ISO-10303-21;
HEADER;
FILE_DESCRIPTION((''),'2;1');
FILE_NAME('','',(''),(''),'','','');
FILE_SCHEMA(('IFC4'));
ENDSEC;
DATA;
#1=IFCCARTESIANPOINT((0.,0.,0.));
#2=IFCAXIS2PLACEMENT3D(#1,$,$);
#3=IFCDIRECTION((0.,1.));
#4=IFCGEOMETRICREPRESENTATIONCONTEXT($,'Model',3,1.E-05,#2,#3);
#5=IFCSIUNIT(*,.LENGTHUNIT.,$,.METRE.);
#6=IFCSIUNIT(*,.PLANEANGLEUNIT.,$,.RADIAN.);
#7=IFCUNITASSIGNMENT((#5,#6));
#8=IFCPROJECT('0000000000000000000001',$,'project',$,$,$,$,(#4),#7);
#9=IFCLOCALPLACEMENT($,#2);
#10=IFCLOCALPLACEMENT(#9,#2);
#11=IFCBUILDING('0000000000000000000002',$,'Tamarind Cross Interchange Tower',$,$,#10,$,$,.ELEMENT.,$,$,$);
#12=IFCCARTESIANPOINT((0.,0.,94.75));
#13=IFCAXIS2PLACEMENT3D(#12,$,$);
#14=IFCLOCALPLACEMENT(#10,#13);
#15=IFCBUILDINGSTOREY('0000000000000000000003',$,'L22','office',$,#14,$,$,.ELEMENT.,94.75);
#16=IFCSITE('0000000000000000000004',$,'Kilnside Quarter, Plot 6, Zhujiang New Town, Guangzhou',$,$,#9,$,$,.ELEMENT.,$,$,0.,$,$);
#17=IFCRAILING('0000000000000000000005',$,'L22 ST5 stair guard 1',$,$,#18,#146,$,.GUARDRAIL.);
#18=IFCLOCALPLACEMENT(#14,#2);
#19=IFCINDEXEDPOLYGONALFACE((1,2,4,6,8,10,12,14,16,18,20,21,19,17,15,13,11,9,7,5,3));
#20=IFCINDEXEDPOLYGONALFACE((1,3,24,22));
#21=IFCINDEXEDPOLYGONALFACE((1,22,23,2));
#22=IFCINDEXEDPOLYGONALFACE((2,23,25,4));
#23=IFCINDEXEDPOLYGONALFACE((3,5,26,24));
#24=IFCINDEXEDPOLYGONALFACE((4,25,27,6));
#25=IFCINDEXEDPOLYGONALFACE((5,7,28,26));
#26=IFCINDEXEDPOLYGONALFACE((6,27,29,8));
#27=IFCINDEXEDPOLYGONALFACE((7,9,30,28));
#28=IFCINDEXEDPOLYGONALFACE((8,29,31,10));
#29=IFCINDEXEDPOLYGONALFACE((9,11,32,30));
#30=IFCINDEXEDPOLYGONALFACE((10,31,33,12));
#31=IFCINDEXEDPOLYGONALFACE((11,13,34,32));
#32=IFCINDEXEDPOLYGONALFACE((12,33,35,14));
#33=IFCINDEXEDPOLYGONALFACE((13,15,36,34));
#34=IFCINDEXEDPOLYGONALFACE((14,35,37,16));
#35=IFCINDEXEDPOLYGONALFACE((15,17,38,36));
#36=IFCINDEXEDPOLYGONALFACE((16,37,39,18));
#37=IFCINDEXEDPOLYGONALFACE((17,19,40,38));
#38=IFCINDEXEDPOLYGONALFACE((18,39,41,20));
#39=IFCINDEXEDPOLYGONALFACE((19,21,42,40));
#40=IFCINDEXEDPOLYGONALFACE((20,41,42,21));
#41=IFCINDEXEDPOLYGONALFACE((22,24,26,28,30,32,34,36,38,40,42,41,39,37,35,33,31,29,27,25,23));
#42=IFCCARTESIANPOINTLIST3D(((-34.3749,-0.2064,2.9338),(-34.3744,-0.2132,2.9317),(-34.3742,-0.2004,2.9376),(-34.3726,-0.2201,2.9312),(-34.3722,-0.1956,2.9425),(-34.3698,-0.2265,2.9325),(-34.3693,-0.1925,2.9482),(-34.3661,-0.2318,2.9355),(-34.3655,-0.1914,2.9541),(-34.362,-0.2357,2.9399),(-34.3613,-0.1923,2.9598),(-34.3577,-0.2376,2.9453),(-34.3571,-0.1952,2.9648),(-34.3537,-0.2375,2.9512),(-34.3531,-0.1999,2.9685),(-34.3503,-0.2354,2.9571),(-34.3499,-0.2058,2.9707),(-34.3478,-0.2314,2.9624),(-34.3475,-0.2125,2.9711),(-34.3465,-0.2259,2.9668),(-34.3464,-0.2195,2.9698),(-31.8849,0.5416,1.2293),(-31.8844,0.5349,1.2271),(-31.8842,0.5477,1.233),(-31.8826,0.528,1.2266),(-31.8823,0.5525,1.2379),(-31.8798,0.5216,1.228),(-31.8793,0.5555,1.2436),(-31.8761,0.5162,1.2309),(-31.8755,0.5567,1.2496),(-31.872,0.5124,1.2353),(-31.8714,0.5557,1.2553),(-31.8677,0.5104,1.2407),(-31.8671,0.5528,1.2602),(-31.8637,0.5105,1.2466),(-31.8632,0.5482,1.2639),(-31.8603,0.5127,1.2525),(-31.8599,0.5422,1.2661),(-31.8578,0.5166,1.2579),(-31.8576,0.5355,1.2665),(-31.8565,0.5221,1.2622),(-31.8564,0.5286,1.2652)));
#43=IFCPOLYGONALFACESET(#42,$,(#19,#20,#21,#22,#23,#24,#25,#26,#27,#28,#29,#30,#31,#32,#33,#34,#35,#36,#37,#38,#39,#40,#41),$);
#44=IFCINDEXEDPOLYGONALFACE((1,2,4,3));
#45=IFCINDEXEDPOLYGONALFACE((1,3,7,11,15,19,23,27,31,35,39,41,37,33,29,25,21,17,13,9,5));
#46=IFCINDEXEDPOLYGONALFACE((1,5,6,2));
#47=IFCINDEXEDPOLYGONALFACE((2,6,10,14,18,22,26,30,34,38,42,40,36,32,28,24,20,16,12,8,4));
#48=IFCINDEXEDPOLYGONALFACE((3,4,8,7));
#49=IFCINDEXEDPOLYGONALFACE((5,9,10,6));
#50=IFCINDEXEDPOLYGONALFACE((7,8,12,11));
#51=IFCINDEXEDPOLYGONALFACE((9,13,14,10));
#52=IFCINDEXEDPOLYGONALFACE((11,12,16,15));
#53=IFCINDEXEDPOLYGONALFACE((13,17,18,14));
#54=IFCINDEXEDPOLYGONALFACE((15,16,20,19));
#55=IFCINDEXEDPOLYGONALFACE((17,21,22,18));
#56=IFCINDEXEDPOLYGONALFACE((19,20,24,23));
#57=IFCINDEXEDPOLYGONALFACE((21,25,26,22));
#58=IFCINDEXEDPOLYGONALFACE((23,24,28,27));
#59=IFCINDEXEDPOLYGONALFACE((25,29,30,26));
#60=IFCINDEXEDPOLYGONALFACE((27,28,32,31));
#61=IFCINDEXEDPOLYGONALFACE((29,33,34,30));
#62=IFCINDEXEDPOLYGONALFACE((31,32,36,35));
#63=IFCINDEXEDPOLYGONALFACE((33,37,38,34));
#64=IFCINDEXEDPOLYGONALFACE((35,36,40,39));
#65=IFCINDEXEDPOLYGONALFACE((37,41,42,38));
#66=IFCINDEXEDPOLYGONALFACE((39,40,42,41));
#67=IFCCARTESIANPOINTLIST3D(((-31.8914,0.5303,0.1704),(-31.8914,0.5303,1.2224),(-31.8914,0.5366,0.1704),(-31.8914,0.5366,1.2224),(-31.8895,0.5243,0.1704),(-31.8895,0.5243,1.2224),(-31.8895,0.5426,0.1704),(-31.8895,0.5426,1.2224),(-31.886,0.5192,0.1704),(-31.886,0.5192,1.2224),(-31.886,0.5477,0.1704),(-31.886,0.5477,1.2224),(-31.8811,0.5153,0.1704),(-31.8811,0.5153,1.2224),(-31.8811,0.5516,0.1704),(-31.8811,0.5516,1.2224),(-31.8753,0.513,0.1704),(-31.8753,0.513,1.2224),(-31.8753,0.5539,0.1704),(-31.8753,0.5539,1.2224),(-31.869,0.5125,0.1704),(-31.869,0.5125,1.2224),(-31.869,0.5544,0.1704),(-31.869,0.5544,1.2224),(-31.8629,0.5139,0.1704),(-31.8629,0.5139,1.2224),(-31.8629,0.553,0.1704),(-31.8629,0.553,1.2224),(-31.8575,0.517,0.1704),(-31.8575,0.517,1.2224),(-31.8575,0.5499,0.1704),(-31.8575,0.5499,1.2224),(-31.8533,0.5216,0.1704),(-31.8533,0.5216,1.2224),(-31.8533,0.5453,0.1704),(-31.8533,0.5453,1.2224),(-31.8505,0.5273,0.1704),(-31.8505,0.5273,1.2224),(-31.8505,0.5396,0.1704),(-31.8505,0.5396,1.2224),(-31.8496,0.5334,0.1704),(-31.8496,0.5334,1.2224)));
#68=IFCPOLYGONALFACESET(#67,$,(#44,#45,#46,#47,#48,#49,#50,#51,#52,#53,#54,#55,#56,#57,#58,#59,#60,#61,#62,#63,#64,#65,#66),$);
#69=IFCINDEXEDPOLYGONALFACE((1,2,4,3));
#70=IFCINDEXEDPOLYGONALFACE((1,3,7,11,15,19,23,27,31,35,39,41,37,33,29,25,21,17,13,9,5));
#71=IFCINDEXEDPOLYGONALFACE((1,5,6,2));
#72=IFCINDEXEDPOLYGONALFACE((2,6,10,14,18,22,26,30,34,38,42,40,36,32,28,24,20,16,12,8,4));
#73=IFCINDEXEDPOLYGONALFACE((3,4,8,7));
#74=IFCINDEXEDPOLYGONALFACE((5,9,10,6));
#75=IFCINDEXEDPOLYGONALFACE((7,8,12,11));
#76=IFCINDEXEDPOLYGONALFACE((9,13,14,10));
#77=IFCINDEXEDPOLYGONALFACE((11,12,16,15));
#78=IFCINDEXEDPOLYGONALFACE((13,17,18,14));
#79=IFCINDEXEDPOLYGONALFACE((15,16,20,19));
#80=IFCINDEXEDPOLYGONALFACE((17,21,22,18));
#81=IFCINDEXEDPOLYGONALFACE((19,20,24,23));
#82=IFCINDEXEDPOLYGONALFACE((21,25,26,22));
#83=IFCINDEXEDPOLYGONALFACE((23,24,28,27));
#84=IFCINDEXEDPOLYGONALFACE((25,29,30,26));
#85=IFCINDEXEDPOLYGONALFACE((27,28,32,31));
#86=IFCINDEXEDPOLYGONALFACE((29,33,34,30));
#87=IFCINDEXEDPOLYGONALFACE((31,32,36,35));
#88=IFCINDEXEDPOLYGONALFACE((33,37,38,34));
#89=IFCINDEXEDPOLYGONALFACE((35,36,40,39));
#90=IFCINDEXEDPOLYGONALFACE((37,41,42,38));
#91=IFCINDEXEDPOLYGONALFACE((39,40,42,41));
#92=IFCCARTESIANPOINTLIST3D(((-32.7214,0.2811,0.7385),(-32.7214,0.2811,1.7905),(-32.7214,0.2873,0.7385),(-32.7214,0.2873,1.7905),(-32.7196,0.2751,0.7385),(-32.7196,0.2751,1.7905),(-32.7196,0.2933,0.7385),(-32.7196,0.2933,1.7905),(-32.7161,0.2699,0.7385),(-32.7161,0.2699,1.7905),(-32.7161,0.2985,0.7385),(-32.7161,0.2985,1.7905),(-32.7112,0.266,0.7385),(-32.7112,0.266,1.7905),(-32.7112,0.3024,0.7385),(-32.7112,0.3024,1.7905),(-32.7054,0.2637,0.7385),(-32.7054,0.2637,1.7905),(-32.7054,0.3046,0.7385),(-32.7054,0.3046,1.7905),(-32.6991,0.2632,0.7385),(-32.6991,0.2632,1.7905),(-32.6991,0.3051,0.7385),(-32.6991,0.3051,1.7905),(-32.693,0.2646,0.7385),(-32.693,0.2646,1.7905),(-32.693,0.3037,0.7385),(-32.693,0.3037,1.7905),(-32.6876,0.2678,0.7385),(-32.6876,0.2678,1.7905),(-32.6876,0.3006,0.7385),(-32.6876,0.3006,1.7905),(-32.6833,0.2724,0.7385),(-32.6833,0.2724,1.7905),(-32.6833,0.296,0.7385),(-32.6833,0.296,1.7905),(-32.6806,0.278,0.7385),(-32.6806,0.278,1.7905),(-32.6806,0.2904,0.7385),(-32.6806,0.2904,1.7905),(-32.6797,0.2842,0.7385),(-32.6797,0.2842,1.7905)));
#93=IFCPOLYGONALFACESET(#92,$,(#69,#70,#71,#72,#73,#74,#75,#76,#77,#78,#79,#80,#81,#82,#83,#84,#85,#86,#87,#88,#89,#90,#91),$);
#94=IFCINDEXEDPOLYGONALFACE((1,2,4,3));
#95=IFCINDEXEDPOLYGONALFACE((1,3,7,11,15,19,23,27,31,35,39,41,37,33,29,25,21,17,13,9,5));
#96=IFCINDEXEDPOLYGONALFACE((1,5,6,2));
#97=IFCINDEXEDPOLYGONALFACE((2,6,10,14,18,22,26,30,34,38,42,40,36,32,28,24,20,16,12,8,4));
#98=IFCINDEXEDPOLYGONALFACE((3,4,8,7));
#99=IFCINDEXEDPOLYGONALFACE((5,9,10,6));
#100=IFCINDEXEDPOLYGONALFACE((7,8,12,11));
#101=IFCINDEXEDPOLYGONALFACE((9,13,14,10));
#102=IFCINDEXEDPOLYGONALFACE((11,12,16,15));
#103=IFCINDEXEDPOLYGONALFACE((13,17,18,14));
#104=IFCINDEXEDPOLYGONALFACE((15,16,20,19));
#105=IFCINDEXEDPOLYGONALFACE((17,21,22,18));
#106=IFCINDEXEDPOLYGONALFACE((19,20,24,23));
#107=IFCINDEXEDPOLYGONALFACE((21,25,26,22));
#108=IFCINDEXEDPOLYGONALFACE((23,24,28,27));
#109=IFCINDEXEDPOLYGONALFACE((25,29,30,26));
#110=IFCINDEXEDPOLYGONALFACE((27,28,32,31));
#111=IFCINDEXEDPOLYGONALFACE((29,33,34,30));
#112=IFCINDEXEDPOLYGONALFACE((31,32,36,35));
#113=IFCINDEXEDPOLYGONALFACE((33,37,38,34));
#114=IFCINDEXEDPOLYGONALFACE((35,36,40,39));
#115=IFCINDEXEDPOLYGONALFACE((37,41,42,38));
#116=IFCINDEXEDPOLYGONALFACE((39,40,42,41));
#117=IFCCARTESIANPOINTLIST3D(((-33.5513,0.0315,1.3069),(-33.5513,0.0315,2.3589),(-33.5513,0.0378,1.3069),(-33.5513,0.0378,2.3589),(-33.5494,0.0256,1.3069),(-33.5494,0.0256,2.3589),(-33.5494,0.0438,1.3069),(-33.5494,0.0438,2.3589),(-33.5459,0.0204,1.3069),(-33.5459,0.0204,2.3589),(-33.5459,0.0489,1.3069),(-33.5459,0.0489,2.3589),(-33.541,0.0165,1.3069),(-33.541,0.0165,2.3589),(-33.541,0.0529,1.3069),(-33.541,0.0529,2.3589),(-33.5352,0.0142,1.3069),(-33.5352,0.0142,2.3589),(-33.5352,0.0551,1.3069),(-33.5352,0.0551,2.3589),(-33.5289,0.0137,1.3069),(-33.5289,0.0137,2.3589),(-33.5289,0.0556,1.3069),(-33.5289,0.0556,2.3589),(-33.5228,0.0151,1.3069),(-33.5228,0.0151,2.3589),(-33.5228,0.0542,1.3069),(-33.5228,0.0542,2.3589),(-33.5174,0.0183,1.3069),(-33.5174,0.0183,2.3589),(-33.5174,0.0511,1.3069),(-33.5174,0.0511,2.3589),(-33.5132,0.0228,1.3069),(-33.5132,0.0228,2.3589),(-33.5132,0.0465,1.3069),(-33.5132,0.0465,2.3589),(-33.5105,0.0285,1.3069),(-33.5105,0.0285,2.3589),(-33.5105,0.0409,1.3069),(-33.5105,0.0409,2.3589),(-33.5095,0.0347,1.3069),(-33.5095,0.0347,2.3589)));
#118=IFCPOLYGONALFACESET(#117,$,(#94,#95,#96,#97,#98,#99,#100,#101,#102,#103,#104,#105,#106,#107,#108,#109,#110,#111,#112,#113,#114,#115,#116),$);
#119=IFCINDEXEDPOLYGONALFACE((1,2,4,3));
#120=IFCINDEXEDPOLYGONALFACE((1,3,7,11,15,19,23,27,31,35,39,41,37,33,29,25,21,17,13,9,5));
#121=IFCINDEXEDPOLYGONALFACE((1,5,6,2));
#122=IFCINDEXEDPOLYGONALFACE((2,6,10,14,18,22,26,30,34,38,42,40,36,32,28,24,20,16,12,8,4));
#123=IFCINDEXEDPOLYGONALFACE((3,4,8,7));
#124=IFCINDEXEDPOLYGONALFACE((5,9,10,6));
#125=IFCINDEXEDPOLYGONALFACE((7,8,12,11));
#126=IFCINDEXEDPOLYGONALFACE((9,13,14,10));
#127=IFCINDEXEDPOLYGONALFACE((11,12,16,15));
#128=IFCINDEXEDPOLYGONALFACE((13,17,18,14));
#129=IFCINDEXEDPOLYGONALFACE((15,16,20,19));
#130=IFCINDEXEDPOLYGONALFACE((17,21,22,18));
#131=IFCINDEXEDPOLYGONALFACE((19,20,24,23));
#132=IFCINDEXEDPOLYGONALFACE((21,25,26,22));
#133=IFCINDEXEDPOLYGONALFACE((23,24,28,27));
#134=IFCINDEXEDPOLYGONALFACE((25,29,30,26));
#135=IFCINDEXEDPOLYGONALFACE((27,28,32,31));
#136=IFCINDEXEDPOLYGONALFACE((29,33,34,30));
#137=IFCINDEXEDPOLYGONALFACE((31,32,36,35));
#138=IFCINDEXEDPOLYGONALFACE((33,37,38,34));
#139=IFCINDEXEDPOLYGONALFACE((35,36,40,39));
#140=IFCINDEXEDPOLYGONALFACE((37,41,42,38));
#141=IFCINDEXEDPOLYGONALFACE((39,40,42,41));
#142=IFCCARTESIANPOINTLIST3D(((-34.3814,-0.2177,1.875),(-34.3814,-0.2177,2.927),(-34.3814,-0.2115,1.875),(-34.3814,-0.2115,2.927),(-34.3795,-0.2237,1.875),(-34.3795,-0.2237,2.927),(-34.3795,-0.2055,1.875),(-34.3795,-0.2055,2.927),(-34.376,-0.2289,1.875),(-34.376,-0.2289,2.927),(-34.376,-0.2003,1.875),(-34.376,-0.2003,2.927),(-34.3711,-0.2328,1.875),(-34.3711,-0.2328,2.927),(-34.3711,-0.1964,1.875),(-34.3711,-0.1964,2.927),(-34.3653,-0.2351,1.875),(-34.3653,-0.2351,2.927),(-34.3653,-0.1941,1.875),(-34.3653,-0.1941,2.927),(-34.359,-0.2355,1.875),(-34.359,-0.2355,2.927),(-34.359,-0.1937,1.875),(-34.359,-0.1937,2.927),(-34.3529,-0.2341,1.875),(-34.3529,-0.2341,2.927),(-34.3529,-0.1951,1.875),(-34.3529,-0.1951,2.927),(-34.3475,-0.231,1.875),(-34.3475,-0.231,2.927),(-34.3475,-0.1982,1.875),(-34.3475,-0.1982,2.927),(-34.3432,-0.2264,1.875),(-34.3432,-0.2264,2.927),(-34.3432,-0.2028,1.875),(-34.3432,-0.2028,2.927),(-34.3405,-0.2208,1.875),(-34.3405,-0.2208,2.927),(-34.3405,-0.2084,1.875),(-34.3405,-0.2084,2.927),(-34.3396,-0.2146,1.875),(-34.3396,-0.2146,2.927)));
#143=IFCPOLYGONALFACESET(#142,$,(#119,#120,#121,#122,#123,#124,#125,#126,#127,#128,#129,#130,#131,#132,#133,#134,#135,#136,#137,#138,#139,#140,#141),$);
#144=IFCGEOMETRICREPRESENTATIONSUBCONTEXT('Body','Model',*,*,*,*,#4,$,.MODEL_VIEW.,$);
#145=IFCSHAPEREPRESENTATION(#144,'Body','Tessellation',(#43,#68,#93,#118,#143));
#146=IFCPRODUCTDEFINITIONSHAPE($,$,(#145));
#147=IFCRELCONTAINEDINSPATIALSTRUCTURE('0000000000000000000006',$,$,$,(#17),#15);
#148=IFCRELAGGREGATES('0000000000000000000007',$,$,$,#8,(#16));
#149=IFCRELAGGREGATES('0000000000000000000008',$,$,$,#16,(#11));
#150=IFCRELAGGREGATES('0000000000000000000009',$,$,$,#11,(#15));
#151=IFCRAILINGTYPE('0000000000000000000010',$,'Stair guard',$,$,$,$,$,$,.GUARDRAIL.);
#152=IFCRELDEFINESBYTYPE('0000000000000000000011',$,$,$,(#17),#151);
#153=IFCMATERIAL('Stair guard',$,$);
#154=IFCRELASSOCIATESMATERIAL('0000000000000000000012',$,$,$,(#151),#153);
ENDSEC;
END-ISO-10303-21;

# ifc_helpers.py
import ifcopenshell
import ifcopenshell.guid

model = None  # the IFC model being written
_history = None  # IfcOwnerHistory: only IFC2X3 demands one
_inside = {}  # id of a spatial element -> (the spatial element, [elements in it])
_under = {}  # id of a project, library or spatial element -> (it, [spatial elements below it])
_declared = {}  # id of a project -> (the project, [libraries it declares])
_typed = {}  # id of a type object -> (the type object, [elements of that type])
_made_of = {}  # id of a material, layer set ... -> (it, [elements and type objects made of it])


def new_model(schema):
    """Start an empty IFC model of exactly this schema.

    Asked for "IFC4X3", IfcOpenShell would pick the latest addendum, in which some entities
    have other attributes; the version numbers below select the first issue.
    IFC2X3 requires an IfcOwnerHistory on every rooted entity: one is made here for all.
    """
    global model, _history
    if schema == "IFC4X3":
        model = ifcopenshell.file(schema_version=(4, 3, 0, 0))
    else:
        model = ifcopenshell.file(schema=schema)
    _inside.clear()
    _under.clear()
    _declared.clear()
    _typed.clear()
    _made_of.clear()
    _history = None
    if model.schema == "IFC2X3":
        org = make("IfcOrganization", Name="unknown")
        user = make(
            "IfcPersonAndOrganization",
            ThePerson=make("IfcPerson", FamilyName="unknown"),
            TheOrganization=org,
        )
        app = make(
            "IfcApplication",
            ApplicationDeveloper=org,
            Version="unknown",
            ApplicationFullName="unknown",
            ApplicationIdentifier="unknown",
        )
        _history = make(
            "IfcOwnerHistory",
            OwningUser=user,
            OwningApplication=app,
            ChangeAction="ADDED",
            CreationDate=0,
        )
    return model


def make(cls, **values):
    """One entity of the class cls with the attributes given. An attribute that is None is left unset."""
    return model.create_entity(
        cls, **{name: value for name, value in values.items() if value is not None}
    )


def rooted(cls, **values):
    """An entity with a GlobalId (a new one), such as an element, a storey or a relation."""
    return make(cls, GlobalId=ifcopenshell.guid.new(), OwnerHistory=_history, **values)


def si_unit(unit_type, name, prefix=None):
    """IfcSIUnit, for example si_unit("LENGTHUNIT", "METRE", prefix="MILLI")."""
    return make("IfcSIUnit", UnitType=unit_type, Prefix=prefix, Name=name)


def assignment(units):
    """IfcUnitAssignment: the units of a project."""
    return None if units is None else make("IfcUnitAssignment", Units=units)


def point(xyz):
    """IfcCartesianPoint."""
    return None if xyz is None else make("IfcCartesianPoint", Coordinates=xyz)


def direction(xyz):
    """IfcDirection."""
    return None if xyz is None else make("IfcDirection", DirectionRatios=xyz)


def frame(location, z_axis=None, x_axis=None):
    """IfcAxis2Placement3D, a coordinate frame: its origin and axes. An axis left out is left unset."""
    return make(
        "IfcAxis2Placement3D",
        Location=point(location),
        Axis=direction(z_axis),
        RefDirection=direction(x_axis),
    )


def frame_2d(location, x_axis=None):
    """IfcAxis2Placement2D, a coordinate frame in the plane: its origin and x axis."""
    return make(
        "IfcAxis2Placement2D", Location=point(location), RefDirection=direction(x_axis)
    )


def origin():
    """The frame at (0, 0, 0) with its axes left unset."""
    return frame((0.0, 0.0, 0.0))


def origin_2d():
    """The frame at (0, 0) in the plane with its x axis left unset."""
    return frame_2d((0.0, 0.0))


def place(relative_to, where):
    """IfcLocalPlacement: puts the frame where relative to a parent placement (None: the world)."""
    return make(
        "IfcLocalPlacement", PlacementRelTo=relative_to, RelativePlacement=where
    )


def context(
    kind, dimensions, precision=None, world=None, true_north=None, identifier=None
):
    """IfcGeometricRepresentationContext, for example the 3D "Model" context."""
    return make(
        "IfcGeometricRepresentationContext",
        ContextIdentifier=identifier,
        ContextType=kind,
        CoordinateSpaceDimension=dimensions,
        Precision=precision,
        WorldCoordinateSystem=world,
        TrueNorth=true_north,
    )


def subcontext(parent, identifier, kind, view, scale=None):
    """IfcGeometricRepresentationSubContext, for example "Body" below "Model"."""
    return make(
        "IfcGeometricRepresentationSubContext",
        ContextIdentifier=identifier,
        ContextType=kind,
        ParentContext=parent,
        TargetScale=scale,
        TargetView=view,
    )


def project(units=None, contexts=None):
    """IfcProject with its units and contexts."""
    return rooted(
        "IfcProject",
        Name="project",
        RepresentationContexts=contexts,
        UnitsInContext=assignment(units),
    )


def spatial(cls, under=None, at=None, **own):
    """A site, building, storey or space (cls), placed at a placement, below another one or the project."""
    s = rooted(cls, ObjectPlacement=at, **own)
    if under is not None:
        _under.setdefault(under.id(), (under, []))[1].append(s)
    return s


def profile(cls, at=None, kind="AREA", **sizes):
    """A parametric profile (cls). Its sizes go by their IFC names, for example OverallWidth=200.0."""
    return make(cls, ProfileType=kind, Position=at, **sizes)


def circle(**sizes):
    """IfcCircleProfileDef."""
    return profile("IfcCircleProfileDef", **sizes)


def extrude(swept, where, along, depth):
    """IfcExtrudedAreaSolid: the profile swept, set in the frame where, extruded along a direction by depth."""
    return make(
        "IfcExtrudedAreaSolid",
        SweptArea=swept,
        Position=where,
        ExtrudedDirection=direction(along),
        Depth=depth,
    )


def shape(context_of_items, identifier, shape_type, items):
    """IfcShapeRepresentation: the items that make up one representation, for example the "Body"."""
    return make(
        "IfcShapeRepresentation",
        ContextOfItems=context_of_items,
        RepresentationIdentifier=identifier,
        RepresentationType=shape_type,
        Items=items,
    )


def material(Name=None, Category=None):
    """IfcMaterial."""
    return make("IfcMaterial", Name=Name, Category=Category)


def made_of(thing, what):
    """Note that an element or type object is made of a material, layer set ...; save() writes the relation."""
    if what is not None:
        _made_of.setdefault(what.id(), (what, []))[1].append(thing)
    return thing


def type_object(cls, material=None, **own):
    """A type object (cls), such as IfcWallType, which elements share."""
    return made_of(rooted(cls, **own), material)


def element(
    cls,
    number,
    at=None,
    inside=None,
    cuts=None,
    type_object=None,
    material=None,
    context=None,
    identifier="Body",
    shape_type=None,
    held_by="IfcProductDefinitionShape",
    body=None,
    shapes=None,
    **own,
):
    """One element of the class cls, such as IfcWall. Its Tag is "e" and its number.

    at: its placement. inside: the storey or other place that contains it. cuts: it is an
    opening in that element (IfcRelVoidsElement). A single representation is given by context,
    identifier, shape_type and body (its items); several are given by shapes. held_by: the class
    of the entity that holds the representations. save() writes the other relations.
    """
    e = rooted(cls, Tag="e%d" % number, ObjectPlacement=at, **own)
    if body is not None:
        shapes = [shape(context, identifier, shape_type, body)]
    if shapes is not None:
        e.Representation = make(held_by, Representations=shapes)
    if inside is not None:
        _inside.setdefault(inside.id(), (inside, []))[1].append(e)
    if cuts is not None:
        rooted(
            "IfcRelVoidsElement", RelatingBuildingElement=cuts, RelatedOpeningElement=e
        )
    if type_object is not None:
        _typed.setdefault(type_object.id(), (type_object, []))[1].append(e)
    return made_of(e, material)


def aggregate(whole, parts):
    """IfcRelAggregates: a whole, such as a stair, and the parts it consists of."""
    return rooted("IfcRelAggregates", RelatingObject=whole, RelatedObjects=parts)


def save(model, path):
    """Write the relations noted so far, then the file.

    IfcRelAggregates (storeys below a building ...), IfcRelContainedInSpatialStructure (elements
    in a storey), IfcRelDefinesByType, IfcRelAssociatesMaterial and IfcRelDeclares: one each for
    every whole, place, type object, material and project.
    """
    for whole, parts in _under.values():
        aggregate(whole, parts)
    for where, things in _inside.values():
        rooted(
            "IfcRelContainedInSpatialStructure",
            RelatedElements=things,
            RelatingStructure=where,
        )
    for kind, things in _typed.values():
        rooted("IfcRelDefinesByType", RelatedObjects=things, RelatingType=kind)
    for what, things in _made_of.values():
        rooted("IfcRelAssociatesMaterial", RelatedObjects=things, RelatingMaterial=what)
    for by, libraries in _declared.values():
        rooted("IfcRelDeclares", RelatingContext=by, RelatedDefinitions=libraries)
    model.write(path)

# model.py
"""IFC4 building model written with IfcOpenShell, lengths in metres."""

from ifc_helpers import new_model, si_unit, direction, frame, origin, origin_2d, place, context, subcontext, project, spatial, circle, extrude, material, type_object, element, save


model = new_model("IFC4")

# Units and contexts
model_context = context("Model", 3, precision=1e-05, world=origin(), true_north=direction((0.0, 1.0)))
body_context = subcontext(model_context, "Body", "Model", "MODEL_VIEW")
ifc_project = project(units=[si_unit("LENGTHUNIT", "METRE"), si_unit("PLANEANGLEUNIT", "RADIAN")], contexts=[model_context])

# Site, building, storey
site_placement = place(None, origin())
site = spatial("IfcSite", under=ifc_project, at=site_placement, Name="Kilnside Quarter, Plot 6, Zhujiang New Town, Guangzhou", CompositionType="ELEMENT", RefElevation=0.0)
building_placement = place(site_placement, origin())
building = spatial("IfcBuilding", under=site, at=building_placement, Name="Tamarind Cross Interchange Tower", CompositionType="ELEMENT")
storey_placement = place(building_placement, frame((0.0, 0.0, 94.75)))
storey = spatial("IfcBuildingStorey", under=building, at=storey_placement, Name="L22", Description="office", CompositionType="ELEMENT", Elevation=94.75)

# Railing
ifc_material_1 = material(Name="Stair guard")
railing_type_1 = type_object("IfcRailingType", Name="Stair guard", PredefinedType="GUARDRAIL", material=ifc_material_1)
railing_1_placement = place(storey_placement, frame((-31.8706, 0.5334, 0.1704)))
element("IfcRailing", 1, at=railing_1_placement, inside=storey, type_object=railing_type_1, Name="L22 ST5 stair guard 1", PredefinedType="GUARDRAIL", context=body_context, shape_type="SweptSolid", body=[
    extrude(circle(Radius=0.0239, at=origin_2d()), frame((0.0, 0.0, 1.0762), z_axis=(-0.800924, -0.240615, 0.548294), x_axis=(0.287718, -0.957715, 0.0)), (0.0, 0.0, 1.0), 3.1089),
    extrude(circle(Radius=0.021, at=origin_2d()), origin(), (0.0, 0.0, 1.0), 1.052),
    extrude(circle(Radius=0.021, at=origin_2d()), frame((-0.8301, -0.2493, 0.5681)), (0.0, 0.0, 1.0), 1.052),
    extrude(circle(Radius=0.021, at=origin_2d()), frame((-1.6599, -0.4988, 1.1365)), (0.0, 0.0, 1.0), 1.052),
    extrude(circle(Radius=0.021, at=origin_2d()), frame((-2.49, -0.748, 1.7046)), (0.0, 0.0, 1.0), 1.052),
])

save(model, "model.ifc")
